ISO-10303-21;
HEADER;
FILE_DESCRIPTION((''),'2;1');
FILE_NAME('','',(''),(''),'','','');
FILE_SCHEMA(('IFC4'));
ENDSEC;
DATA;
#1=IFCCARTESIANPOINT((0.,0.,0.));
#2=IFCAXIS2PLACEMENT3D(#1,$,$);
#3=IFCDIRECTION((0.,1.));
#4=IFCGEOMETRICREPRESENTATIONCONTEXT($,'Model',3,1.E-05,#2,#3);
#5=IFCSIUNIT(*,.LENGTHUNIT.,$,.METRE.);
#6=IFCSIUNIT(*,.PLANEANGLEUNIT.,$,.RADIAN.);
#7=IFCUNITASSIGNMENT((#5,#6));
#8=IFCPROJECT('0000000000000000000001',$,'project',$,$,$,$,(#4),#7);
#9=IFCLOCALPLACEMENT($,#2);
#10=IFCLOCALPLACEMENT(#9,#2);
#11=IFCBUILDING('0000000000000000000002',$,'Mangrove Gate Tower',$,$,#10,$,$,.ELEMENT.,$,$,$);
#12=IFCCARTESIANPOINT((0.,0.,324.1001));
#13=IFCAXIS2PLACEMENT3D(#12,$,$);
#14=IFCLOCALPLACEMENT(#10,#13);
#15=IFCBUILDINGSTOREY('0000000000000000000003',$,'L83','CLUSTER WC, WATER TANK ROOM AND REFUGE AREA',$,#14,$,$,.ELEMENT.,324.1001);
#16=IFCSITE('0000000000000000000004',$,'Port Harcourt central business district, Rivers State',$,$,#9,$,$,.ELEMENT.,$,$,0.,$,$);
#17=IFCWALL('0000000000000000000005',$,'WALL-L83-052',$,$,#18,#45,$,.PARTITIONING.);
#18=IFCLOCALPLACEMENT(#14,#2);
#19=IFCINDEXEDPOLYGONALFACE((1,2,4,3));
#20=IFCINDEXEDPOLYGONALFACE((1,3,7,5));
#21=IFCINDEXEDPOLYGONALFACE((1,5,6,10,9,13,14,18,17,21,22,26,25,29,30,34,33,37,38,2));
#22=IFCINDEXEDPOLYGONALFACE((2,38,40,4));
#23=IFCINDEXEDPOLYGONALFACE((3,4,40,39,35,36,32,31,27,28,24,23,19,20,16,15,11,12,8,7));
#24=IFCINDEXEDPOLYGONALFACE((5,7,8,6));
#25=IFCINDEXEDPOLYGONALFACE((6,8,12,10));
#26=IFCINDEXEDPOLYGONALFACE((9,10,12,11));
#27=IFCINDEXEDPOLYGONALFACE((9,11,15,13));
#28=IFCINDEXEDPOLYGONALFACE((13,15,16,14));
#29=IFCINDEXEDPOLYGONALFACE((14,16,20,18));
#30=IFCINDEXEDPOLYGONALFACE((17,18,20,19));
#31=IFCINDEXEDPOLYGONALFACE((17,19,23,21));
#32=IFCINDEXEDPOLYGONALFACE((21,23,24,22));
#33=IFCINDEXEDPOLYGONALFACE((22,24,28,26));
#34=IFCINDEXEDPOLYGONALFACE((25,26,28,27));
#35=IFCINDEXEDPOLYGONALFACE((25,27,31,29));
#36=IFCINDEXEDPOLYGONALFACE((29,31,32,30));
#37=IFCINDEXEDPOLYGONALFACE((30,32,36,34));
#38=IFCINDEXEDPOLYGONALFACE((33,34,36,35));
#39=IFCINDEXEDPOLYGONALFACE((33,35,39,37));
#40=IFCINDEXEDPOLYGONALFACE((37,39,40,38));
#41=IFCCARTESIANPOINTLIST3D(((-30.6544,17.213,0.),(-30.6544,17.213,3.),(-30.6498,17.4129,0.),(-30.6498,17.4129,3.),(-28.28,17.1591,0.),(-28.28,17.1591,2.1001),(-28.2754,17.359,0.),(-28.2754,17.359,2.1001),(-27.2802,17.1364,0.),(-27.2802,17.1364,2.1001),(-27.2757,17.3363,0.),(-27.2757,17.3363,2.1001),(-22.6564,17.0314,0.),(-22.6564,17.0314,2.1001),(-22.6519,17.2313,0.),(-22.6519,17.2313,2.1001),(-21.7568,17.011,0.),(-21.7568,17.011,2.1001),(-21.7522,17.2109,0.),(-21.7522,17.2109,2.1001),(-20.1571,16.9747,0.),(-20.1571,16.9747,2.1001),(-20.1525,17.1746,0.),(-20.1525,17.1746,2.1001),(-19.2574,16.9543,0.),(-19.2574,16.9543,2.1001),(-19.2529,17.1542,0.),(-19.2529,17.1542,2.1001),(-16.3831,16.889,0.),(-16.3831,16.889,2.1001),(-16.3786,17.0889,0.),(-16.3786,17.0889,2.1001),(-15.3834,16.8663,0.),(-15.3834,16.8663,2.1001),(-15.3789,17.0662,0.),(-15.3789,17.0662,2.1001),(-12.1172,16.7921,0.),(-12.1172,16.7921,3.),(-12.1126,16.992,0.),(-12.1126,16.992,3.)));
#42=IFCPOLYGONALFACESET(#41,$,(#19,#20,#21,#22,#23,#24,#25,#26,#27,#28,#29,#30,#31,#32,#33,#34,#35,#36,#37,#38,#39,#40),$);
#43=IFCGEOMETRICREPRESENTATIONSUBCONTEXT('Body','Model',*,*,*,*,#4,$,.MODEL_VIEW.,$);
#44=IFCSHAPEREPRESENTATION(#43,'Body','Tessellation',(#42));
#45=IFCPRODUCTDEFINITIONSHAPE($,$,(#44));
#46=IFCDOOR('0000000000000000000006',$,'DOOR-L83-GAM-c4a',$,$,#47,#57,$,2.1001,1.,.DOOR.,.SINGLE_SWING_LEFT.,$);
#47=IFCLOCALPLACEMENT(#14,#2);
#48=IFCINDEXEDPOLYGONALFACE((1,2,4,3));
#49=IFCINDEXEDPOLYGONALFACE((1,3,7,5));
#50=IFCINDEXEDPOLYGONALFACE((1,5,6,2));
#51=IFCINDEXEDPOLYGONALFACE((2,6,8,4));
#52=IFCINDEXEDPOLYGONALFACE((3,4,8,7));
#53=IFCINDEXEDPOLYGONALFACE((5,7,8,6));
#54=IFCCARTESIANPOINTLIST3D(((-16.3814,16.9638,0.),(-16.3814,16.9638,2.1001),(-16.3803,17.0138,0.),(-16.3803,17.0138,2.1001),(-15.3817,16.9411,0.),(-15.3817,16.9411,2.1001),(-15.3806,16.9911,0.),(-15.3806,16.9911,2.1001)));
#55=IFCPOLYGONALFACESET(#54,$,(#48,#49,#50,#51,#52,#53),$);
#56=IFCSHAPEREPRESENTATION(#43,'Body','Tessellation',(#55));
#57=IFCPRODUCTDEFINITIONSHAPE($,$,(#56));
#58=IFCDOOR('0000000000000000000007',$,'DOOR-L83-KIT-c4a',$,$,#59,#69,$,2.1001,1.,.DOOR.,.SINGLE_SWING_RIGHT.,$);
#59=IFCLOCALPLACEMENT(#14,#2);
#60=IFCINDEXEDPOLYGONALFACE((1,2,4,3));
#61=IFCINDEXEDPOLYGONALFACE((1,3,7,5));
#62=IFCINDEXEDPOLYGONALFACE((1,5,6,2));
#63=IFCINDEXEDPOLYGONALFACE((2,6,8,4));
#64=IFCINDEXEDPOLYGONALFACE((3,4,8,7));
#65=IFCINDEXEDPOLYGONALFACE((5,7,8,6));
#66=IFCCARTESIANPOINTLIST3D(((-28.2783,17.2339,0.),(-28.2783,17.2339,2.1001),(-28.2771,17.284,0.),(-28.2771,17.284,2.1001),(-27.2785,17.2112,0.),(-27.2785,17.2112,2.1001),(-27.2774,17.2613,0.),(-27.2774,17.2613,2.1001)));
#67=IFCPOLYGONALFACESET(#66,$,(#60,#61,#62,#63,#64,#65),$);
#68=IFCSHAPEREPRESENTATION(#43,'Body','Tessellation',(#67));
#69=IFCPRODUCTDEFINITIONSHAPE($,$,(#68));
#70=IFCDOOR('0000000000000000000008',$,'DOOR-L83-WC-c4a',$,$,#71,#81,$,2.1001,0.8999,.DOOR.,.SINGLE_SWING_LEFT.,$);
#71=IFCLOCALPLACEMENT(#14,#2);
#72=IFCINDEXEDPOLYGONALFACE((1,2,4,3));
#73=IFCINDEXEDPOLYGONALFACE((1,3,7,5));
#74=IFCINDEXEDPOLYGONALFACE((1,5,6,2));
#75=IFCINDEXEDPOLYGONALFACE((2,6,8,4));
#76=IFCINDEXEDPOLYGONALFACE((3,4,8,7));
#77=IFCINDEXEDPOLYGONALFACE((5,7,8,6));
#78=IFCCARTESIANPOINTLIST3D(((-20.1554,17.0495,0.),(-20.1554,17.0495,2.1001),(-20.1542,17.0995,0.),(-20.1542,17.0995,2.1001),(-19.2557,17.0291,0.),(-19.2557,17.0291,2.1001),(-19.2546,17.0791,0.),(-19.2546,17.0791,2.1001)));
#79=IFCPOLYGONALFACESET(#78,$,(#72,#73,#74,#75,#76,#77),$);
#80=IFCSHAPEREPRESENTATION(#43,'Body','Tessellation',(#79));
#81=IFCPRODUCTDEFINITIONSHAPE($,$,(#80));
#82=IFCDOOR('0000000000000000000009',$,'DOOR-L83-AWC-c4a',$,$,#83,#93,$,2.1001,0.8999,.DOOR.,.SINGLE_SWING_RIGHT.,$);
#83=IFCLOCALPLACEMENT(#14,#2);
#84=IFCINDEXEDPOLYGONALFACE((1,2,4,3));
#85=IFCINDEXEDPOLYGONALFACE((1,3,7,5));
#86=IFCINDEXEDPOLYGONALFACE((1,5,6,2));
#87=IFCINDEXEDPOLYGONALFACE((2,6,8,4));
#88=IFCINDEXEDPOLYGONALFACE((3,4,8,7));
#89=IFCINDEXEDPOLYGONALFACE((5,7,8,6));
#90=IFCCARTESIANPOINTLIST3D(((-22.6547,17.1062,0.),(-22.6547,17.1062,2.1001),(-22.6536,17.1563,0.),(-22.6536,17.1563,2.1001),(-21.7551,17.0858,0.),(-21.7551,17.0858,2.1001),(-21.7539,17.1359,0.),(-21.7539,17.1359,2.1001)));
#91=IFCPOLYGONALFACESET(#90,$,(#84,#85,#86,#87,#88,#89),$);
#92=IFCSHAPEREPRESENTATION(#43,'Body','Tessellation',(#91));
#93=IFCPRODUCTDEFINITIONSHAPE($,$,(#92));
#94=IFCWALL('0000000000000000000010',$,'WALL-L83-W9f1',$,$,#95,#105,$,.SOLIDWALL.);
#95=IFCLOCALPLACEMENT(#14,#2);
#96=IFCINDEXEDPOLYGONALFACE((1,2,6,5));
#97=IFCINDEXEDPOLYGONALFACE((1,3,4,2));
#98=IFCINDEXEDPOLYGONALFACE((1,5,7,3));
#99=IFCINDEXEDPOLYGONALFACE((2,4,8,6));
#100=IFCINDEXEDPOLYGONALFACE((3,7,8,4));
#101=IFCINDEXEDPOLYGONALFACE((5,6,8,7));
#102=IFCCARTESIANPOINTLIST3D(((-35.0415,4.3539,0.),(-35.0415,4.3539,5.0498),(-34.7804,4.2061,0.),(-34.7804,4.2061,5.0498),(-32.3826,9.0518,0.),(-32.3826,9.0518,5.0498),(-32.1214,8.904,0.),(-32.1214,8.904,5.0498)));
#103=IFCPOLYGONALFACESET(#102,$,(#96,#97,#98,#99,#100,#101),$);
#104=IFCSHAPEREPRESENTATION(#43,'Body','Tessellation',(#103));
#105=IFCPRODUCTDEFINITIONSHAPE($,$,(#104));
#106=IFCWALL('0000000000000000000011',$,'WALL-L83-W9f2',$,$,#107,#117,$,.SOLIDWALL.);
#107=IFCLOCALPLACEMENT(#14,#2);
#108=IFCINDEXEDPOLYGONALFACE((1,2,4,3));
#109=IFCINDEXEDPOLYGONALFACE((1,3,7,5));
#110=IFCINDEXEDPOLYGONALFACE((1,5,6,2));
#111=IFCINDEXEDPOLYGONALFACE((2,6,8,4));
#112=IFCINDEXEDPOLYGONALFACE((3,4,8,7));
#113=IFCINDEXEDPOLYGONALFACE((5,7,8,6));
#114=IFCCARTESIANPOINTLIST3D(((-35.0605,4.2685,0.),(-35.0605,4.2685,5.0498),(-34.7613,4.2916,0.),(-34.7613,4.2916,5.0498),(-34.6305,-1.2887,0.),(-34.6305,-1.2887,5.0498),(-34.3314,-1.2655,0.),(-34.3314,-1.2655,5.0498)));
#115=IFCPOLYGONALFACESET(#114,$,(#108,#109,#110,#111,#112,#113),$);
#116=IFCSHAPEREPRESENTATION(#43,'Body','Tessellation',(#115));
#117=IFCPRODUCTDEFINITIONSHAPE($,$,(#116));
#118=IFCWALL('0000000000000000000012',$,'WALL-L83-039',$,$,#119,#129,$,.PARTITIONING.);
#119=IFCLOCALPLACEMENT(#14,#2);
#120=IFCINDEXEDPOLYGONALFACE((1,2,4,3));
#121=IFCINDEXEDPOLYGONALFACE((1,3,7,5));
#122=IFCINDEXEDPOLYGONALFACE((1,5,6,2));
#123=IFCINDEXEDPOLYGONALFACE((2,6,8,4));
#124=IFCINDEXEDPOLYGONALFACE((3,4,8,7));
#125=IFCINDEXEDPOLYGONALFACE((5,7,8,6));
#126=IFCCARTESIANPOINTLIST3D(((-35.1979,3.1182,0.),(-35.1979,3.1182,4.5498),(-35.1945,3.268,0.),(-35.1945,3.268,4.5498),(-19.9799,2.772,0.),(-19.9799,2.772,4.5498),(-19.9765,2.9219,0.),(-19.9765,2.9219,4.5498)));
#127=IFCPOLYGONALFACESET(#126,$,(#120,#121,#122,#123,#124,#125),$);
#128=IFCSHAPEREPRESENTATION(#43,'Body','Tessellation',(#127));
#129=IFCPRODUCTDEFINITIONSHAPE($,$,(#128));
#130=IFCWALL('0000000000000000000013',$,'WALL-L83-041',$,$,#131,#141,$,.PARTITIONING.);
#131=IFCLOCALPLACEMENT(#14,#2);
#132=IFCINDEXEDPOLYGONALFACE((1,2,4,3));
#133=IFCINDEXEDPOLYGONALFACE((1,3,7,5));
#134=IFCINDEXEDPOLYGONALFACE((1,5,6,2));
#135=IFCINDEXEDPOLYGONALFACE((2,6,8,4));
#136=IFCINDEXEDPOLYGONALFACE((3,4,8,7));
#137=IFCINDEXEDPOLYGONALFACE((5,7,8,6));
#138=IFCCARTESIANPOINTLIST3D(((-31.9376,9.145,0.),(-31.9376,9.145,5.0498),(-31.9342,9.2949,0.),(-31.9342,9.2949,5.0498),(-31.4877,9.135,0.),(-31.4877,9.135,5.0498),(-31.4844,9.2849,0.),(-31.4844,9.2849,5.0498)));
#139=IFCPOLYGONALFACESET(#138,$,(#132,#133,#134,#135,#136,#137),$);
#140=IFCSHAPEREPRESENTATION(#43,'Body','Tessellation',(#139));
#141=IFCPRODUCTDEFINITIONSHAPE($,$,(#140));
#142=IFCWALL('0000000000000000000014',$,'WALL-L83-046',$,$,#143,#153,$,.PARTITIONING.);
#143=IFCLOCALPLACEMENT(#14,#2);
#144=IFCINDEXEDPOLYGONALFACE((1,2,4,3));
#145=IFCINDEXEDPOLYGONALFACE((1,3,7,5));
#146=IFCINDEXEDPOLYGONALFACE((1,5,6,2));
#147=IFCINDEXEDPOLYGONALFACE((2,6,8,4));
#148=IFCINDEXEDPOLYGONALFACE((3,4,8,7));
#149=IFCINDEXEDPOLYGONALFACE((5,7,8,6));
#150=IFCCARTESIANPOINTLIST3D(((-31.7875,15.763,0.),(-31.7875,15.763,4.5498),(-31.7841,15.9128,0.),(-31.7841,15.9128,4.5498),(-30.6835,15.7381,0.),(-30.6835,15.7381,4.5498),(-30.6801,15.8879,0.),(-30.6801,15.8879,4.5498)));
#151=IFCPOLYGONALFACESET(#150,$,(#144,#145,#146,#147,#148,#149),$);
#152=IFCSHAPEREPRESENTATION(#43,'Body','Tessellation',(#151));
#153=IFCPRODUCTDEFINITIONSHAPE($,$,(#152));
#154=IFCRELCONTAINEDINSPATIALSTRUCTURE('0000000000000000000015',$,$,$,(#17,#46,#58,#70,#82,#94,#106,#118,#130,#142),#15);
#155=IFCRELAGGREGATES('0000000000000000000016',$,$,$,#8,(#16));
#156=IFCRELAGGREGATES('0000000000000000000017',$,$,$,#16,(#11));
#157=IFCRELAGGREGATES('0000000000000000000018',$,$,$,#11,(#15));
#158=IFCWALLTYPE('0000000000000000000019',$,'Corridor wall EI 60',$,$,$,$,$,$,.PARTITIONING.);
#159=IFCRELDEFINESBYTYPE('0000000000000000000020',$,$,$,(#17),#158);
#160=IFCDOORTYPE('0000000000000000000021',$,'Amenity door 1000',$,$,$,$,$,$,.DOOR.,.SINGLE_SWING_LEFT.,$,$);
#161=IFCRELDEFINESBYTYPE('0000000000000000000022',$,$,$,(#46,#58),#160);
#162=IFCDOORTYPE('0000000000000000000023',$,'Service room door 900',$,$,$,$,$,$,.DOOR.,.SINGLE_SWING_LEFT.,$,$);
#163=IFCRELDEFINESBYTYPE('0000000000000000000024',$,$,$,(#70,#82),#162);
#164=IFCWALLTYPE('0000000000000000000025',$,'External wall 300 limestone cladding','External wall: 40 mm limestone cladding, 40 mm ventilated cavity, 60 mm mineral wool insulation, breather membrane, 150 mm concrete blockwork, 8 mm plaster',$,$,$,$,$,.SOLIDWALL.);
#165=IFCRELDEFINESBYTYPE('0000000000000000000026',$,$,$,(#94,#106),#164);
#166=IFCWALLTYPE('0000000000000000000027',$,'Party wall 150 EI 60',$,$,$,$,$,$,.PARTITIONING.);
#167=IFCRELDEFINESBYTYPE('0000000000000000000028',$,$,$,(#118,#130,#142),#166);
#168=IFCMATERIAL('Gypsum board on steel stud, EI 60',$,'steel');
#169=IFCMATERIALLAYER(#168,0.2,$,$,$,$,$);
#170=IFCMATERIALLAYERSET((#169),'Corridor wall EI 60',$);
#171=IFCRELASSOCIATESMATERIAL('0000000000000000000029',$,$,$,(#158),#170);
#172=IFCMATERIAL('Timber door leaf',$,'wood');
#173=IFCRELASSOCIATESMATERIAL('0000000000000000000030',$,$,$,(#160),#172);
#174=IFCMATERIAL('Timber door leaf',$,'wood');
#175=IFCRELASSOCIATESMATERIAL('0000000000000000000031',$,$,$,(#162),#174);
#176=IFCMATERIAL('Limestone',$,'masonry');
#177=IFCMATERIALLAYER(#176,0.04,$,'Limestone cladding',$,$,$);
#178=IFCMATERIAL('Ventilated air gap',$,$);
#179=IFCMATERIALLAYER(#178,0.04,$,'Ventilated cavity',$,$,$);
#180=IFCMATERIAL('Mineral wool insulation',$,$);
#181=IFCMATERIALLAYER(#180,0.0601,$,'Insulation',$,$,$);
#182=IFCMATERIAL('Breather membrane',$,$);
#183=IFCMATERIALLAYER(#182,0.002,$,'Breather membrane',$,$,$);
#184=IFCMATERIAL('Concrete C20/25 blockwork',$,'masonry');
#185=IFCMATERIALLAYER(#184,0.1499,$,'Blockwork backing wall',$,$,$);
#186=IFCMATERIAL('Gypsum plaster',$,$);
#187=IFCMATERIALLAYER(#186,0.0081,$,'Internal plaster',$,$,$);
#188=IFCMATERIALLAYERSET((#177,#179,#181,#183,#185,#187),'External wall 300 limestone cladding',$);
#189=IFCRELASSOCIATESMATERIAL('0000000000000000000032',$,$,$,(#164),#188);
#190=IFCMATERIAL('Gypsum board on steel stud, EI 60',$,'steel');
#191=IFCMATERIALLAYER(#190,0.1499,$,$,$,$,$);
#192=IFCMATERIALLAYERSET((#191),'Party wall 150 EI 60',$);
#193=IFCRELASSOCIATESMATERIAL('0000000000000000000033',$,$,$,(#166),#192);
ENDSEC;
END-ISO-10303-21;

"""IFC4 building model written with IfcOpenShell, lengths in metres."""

from ifc_helpers import new_model, si_unit, direction, frame, frame_2d, origin, place, context, subcontext, project, spatial, rectangle, extrude, material, layer, layer_set, type_object, element, fill, save


model = new_model("IFC4")

# Units and contexts
model_context = context("Model", 3, precision=1e-05, world=origin(), true_north=direction((0.0, 1.0)))
body_context = subcontext(model_context, "Body", "Model", "MODEL_VIEW")
ifc_project = project(units=[si_unit("LENGTHUNIT", "METRE"), si_unit("PLANEANGLEUNIT", "RADIAN")], contexts=[model_context])

# Site, building, storey
site_placement = place(None, origin())
site = spatial("IfcSite", under=ifc_project, at=site_placement, Name="Port Harcourt central business district, Rivers State", CompositionType="ELEMENT", RefElevation=0.0)
building_placement = place(site_placement, origin())
building = spatial("IfcBuilding", under=site, at=building_placement, Name="Mangrove Gate Tower", CompositionType="ELEMENT")
storey_placement = place(building_placement, frame((0.0, 0.0, 324.1001)))
storey = spatial("IfcBuildingStorey", under=building, at=storey_placement, Name="L83", Description="CLUSTER WC, WATER TANK ROOM AND REFUGE AREA", CompositionType="ELEMENT", Elevation=324.1001)

# Shared definitions
ifc_material_1 = material(Name="Gypsum board on steel stud, EI 60", Category="steel")
ifc_layer_1 = layer(ifc_material_1, 0.2)
ifc_layer_set_1 = layer_set([ifc_layer_1], Name="Corridor wall EI 60")
wall_type_1 = type_object("IfcWallType", Name="Corridor wall EI 60", PredefinedType="PARTITIONING", material=ifc_layer_set_1)

# Wall, openings, doors
wall_1_placement = place(storey_placement, frame((-30.6521, 17.313, 0.0), z_axis=(0.0, 0.0, 1.0), x_axis=(0.999742, -0.0227, 0.0)))
wall_1 = element("IfcWall", 1, at=wall_1_placement, inside=storey, type_object=wall_type_1, Name="WALL-L83-052", PredefinedType="PARTITIONING", context=body_context, shape_type="SweptSolid", body=[
    extrude(rectangle(XDim=18.542, YDim=0.2, at=frame_2d((9.271, 0.0))), origin(), (0.0, 0.0, 1.0), 3.0),
])
opening_1_placement = place(wall_1_placement, frame((14.2749, 0.0, 0.0)))
opening_1 = element("IfcOpeningElement", 2, at=opening_1_placement, cuts=wall_1, PredefinedType="OPENING", context=body_context, shape_type="SweptSolid", body=[
    extrude(rectangle(XDim=1.0, YDim=2.1001, at=frame_2d((0.5, 1.05))), frame((0.0, 0.1099, 0.0), z_axis=(0.0, -1.0, 0.0), x_axis=(1.0, 0.0, 0.0)), (0.0, 0.0, 1.0), 0.22),
])
opening_2_placement = place(wall_1_placement, frame((10.5, 0.0, 0.0)))
opening_2 = element("IfcOpeningElement", 3, at=opening_2_placement, cuts=wall_1, PredefinedType="OPENING", context=body_context, shape_type="SweptSolid", body=[
    extrude(rectangle(XDim=0.8999, YDim=2.1001, at=frame_2d((0.45, 1.05))), frame((0.0, 0.1099, 0.0), z_axis=(0.0, -1.0, 0.0), x_axis=(1.0, 0.0, 0.0)), (0.0, 0.0, 1.0), 0.22),
])
opening_3_placement = place(wall_1_placement, frame((2.375, 0.0, 0.0)))
opening_3 = element("IfcOpeningElement", 4, at=opening_3_placement, cuts=wall_1, PredefinedType="OPENING", context=body_context, shape_type="SweptSolid", body=[
    extrude(rectangle(XDim=1.0, YDim=2.1001, at=frame_2d((0.5, 1.05))), frame((0.0, 0.1099, 0.0), z_axis=(0.0, -1.0, 0.0), x_axis=(1.0, 0.0, 0.0)), (0.0, 0.0, 1.0), 0.22),
])
opening_4_placement = place(wall_1_placement, frame((8.0, 0.0, 0.0)))
opening_4 = element("IfcOpeningElement", 5, at=opening_4_placement, cuts=wall_1, PredefinedType="OPENING", context=body_context, shape_type="SweptSolid", body=[
    extrude(rectangle(XDim=0.8999, YDim=2.1001, at=frame_2d((0.45, 1.05))), frame((0.0, 0.1099, 0.0), z_axis=(0.0, -1.0, 0.0), x_axis=(1.0, 0.0, 0.0)), (0.0, 0.0, 1.0), 0.22),
])
ifc_material_2 = material(Name="Timber door leaf", Category="wood")
door_type_1 = type_object("IfcDoorType", Name="Amenity door 1000", OperationType="SINGLE_SWING_LEFT", PredefinedType="DOOR", material=ifc_material_2)
door_1_placement = place(opening_1_placement, origin())
door_1 = element("IfcDoor", 6, at=door_1_placement, inside=storey, type_object=door_type_1, Name="DOOR-L83-GAM-c4a", OperationType="SINGLE_SWING_LEFT", OverallHeight=2.1001, OverallWidth=1.0, PredefinedType="DOOR", context=body_context, shape_type="SweptSolid", body=[
    extrude(rectangle(XDim=1.0, YDim=2.1001, at=frame_2d((0.5, 1.05))), frame((0.0, 0.0249, 0.0), z_axis=(0.0, -1.0, 0.0), x_axis=(1.0, 0.0, 0.0)), (0.0, 0.0, 1.0), 0.05),
])
fill(opening_1, door_1)
door_2_placement = place(opening_3_placement, origin())
door_2 = element("IfcDoor", 7, at=door_2_placement, inside=storey, type_object=door_type_1, Name="DOOR-L83-KIT-c4a", OperationType="SINGLE_SWING_RIGHT", OverallHeight=2.1001, OverallWidth=1.0, PredefinedType="DOOR", context=body_context, shape_type="SweptSolid", body=[
    extrude(rectangle(XDim=1.0, YDim=2.1001, at=frame_2d((0.5, 1.05))), frame((0.0, 0.0249, 0.0), z_axis=(0.0, -1.0, 0.0), x_axis=(1.0, 0.0, 0.0)), (0.0, 0.0, 1.0), 0.05),
])
fill(opening_3, door_2)
ifc_material_3 = material(Name="Timber door leaf", Category="wood")
door_type_2 = type_object("IfcDoorType", Name="Service room door 900", OperationType="SINGLE_SWING_LEFT", PredefinedType="DOOR", material=ifc_material_3)
door_3_placement = place(opening_2_placement, origin())
door_3 = element("IfcDoor", 8, at=door_3_placement, inside=storey, type_object=door_type_2, Name="DOOR-L83-WC-c4a", OperationType="SINGLE_SWING_LEFT", OverallHeight=2.1001, OverallWidth=0.8999, PredefinedType="DOOR", context=body_context, shape_type="SweptSolid", body=[
    extrude(rectangle(XDim=0.8999, YDim=2.1001, at=frame_2d((0.45, 1.05))), frame((0.0, 0.0249, 0.0), z_axis=(0.0, -1.0, 0.0), x_axis=(1.0, 0.0, 0.0)), (0.0, 0.0, 1.0), 0.05),
])
fill(opening_2, door_3)
door_4_placement = place(opening_4_placement, origin())
door_4 = element("IfcDoor", 9, at=door_4_placement, inside=storey, type_object=door_type_2, Name="DOOR-L83-AWC-c4a", OperationType="SINGLE_SWING_RIGHT", OverallHeight=2.1001, OverallWidth=0.8999, PredefinedType="DOOR", context=body_context, shape_type="SweptSolid", body=[
    extrude(rectangle(XDim=0.8999, YDim=2.1001, at=frame_2d((0.45, 1.05))), frame((0.0, 0.0249, 0.0), z_axis=(0.0, -1.0, 0.0), x_axis=(1.0, 0.0, 0.0)), (0.0, 0.0, 1.0), 0.05),
])
fill(opening_4, door_4)

# Walls
ifc_material_4 = material(Name="Limestone", Category="masonry")
ifc_layer_2 = layer(ifc_material_4, 0.04, Name="Limestone cladding")
ifc_material_5 = material(Name="Ventilated air gap")
ifc_layer_3 = layer(ifc_material_5, 0.04, Name="Ventilated cavity")
ifc_material_6 = material(Name="Mineral wool insulation")
ifc_layer_4 = layer(ifc_material_6, 0.0601, Name="Insulation")
ifc_material_7 = material(Name="Breather membrane")
ifc_layer_5 = layer(ifc_material_7, 0.002, Name="Breather membrane")
ifc_material_8 = material(Name="Concrete C20/25 blockwork", Category="masonry")
ifc_layer_6 = layer(ifc_material_8, 0.1499, Name="Blockwork backing wall")
ifc_material_9 = material(Name="Gypsum plaster")
ifc_layer_7 = layer(ifc_material_9, 0.0081, Name="Internal plaster")
ifc_layer_set_2 = layer_set([ifc_layer_2, ifc_layer_3, ifc_layer_4, ifc_layer_5, ifc_layer_6, ifc_layer_7], Name="External wall 300 limestone cladding")
wall_type_2 = type_object("IfcWallType", Name="External wall 300 limestone cladding", Description="External wall: 40 mm limestone cladding, 40 mm ventilated cavity, 60 mm mineral wool insulation, breather membrane, 150 mm concrete blockwork, 8 mm plaster", PredefinedType="SOLIDWALL", material=ifc_layer_set_2)
wall_2_placement = place(storey_placement, frame((-32.252, 8.978, 0.0), z_axis=(0.0, 0.0, 1.0), x_axis=(-0.492555, -0.870281, 0.0)))
element("IfcWall", 10, at=wall_2_placement, inside=storey, type_object=wall_type_2, Name="WALL-L83-W9f1", PredefinedType="SOLIDWALL", context=body_context, shape_type="SweptSolid", body=[
    extrude(rectangle(XDim=5.3982, YDim=0.3, at=frame_2d((2.6992, 0.0))), origin(), (0.0, 0.0, 1.0), 5.0498),
])
wall_3_placement = place(storey_placement, frame((-34.9109, 4.28, 0.0), z_axis=(0.0, 0.0, 1.0), x_axis=(0.077135, -0.997021, 0.0)))
element("IfcWall", 11, at=wall_3_placement, inside=storey, type_object=wall_type_2, Name="WALL-L83-W9f2", PredefinedType="SOLIDWALL", context=body_context, shape_type="SweptSolid", body=[
    extrude(rectangle(XDim=5.5737, YDim=0.3, at=frame_2d((2.7869, 0.0))), origin(), (0.0, 0.0, 1.0), 5.0498),
])
ifc_material_10 = material(Name="Gypsum board on steel stud, EI 60", Category="steel")
ifc_layer_8 = layer(ifc_material_10, 0.1499)
ifc_layer_set_3 = layer_set([ifc_layer_8], Name="Party wall 150 EI 60")
wall_type_3 = type_object("IfcWallType", Name="Party wall 150 EI 60", PredefinedType="PARTITIONING", material=ifc_layer_set_3)
wall_4_placement = place(storey_placement, frame((-35.196, 3.1931, 0.0), z_axis=(0.0, 0.0, 1.0), x_axis=(0.999741, -0.022743, 0.0)))
element("IfcWall", 12, at=wall_4_placement, inside=storey, type_object=wall_type_3, Name="WALL-L83-039", PredefinedType="PARTITIONING", context=body_context, shape_type="SweptSolid", body=[
    extrude(rectangle(XDim=15.2219, YDim=0.1499, at=frame_2d((7.6108, 0.0))), origin(), (0.0, 0.0, 1.0), 4.5498),
])
wall_5_placement = place(storey_placement, frame((-31.936, 9.22, 0.0), z_axis=(0.0, 0.0, 1.0), x_axis=(0.999753, -0.022241, 0.0)))
element("IfcWall", 13, at=wall_5_placement, inside=storey, type_object=wall_type_3, Name="WALL-L83-041", PredefinedType="PARTITIONING", context=body_context, shape_type="SweptSolid", body=[
    extrude(rectangle(XDim=0.45, YDim=0.1499, at=frame_2d((0.2251, 0.0))), origin(), (0.0, 0.0, 1.0), 5.0498),
])
wall_6_placement = place(storey_placement, frame((-31.7859, 15.8379, 0.0), z_axis=(0.0, 0.0, 1.0), x_axis=(0.999746, -0.022551, 0.0)))
element("IfcWall", 14, at=wall_6_placement, inside=storey, type_object=wall_type_3, Name="WALL-L83-046", PredefinedType="PARTITIONING", context=body_context, shape_type="SweptSolid", body=[
    extrude(rectangle(XDim=1.1042, YDim=0.1499, at=frame_2d((0.5522, 0.0))), origin(), (0.0, 0.0, 1.0), 4.5498),
])

save(model, "model.ifc")
